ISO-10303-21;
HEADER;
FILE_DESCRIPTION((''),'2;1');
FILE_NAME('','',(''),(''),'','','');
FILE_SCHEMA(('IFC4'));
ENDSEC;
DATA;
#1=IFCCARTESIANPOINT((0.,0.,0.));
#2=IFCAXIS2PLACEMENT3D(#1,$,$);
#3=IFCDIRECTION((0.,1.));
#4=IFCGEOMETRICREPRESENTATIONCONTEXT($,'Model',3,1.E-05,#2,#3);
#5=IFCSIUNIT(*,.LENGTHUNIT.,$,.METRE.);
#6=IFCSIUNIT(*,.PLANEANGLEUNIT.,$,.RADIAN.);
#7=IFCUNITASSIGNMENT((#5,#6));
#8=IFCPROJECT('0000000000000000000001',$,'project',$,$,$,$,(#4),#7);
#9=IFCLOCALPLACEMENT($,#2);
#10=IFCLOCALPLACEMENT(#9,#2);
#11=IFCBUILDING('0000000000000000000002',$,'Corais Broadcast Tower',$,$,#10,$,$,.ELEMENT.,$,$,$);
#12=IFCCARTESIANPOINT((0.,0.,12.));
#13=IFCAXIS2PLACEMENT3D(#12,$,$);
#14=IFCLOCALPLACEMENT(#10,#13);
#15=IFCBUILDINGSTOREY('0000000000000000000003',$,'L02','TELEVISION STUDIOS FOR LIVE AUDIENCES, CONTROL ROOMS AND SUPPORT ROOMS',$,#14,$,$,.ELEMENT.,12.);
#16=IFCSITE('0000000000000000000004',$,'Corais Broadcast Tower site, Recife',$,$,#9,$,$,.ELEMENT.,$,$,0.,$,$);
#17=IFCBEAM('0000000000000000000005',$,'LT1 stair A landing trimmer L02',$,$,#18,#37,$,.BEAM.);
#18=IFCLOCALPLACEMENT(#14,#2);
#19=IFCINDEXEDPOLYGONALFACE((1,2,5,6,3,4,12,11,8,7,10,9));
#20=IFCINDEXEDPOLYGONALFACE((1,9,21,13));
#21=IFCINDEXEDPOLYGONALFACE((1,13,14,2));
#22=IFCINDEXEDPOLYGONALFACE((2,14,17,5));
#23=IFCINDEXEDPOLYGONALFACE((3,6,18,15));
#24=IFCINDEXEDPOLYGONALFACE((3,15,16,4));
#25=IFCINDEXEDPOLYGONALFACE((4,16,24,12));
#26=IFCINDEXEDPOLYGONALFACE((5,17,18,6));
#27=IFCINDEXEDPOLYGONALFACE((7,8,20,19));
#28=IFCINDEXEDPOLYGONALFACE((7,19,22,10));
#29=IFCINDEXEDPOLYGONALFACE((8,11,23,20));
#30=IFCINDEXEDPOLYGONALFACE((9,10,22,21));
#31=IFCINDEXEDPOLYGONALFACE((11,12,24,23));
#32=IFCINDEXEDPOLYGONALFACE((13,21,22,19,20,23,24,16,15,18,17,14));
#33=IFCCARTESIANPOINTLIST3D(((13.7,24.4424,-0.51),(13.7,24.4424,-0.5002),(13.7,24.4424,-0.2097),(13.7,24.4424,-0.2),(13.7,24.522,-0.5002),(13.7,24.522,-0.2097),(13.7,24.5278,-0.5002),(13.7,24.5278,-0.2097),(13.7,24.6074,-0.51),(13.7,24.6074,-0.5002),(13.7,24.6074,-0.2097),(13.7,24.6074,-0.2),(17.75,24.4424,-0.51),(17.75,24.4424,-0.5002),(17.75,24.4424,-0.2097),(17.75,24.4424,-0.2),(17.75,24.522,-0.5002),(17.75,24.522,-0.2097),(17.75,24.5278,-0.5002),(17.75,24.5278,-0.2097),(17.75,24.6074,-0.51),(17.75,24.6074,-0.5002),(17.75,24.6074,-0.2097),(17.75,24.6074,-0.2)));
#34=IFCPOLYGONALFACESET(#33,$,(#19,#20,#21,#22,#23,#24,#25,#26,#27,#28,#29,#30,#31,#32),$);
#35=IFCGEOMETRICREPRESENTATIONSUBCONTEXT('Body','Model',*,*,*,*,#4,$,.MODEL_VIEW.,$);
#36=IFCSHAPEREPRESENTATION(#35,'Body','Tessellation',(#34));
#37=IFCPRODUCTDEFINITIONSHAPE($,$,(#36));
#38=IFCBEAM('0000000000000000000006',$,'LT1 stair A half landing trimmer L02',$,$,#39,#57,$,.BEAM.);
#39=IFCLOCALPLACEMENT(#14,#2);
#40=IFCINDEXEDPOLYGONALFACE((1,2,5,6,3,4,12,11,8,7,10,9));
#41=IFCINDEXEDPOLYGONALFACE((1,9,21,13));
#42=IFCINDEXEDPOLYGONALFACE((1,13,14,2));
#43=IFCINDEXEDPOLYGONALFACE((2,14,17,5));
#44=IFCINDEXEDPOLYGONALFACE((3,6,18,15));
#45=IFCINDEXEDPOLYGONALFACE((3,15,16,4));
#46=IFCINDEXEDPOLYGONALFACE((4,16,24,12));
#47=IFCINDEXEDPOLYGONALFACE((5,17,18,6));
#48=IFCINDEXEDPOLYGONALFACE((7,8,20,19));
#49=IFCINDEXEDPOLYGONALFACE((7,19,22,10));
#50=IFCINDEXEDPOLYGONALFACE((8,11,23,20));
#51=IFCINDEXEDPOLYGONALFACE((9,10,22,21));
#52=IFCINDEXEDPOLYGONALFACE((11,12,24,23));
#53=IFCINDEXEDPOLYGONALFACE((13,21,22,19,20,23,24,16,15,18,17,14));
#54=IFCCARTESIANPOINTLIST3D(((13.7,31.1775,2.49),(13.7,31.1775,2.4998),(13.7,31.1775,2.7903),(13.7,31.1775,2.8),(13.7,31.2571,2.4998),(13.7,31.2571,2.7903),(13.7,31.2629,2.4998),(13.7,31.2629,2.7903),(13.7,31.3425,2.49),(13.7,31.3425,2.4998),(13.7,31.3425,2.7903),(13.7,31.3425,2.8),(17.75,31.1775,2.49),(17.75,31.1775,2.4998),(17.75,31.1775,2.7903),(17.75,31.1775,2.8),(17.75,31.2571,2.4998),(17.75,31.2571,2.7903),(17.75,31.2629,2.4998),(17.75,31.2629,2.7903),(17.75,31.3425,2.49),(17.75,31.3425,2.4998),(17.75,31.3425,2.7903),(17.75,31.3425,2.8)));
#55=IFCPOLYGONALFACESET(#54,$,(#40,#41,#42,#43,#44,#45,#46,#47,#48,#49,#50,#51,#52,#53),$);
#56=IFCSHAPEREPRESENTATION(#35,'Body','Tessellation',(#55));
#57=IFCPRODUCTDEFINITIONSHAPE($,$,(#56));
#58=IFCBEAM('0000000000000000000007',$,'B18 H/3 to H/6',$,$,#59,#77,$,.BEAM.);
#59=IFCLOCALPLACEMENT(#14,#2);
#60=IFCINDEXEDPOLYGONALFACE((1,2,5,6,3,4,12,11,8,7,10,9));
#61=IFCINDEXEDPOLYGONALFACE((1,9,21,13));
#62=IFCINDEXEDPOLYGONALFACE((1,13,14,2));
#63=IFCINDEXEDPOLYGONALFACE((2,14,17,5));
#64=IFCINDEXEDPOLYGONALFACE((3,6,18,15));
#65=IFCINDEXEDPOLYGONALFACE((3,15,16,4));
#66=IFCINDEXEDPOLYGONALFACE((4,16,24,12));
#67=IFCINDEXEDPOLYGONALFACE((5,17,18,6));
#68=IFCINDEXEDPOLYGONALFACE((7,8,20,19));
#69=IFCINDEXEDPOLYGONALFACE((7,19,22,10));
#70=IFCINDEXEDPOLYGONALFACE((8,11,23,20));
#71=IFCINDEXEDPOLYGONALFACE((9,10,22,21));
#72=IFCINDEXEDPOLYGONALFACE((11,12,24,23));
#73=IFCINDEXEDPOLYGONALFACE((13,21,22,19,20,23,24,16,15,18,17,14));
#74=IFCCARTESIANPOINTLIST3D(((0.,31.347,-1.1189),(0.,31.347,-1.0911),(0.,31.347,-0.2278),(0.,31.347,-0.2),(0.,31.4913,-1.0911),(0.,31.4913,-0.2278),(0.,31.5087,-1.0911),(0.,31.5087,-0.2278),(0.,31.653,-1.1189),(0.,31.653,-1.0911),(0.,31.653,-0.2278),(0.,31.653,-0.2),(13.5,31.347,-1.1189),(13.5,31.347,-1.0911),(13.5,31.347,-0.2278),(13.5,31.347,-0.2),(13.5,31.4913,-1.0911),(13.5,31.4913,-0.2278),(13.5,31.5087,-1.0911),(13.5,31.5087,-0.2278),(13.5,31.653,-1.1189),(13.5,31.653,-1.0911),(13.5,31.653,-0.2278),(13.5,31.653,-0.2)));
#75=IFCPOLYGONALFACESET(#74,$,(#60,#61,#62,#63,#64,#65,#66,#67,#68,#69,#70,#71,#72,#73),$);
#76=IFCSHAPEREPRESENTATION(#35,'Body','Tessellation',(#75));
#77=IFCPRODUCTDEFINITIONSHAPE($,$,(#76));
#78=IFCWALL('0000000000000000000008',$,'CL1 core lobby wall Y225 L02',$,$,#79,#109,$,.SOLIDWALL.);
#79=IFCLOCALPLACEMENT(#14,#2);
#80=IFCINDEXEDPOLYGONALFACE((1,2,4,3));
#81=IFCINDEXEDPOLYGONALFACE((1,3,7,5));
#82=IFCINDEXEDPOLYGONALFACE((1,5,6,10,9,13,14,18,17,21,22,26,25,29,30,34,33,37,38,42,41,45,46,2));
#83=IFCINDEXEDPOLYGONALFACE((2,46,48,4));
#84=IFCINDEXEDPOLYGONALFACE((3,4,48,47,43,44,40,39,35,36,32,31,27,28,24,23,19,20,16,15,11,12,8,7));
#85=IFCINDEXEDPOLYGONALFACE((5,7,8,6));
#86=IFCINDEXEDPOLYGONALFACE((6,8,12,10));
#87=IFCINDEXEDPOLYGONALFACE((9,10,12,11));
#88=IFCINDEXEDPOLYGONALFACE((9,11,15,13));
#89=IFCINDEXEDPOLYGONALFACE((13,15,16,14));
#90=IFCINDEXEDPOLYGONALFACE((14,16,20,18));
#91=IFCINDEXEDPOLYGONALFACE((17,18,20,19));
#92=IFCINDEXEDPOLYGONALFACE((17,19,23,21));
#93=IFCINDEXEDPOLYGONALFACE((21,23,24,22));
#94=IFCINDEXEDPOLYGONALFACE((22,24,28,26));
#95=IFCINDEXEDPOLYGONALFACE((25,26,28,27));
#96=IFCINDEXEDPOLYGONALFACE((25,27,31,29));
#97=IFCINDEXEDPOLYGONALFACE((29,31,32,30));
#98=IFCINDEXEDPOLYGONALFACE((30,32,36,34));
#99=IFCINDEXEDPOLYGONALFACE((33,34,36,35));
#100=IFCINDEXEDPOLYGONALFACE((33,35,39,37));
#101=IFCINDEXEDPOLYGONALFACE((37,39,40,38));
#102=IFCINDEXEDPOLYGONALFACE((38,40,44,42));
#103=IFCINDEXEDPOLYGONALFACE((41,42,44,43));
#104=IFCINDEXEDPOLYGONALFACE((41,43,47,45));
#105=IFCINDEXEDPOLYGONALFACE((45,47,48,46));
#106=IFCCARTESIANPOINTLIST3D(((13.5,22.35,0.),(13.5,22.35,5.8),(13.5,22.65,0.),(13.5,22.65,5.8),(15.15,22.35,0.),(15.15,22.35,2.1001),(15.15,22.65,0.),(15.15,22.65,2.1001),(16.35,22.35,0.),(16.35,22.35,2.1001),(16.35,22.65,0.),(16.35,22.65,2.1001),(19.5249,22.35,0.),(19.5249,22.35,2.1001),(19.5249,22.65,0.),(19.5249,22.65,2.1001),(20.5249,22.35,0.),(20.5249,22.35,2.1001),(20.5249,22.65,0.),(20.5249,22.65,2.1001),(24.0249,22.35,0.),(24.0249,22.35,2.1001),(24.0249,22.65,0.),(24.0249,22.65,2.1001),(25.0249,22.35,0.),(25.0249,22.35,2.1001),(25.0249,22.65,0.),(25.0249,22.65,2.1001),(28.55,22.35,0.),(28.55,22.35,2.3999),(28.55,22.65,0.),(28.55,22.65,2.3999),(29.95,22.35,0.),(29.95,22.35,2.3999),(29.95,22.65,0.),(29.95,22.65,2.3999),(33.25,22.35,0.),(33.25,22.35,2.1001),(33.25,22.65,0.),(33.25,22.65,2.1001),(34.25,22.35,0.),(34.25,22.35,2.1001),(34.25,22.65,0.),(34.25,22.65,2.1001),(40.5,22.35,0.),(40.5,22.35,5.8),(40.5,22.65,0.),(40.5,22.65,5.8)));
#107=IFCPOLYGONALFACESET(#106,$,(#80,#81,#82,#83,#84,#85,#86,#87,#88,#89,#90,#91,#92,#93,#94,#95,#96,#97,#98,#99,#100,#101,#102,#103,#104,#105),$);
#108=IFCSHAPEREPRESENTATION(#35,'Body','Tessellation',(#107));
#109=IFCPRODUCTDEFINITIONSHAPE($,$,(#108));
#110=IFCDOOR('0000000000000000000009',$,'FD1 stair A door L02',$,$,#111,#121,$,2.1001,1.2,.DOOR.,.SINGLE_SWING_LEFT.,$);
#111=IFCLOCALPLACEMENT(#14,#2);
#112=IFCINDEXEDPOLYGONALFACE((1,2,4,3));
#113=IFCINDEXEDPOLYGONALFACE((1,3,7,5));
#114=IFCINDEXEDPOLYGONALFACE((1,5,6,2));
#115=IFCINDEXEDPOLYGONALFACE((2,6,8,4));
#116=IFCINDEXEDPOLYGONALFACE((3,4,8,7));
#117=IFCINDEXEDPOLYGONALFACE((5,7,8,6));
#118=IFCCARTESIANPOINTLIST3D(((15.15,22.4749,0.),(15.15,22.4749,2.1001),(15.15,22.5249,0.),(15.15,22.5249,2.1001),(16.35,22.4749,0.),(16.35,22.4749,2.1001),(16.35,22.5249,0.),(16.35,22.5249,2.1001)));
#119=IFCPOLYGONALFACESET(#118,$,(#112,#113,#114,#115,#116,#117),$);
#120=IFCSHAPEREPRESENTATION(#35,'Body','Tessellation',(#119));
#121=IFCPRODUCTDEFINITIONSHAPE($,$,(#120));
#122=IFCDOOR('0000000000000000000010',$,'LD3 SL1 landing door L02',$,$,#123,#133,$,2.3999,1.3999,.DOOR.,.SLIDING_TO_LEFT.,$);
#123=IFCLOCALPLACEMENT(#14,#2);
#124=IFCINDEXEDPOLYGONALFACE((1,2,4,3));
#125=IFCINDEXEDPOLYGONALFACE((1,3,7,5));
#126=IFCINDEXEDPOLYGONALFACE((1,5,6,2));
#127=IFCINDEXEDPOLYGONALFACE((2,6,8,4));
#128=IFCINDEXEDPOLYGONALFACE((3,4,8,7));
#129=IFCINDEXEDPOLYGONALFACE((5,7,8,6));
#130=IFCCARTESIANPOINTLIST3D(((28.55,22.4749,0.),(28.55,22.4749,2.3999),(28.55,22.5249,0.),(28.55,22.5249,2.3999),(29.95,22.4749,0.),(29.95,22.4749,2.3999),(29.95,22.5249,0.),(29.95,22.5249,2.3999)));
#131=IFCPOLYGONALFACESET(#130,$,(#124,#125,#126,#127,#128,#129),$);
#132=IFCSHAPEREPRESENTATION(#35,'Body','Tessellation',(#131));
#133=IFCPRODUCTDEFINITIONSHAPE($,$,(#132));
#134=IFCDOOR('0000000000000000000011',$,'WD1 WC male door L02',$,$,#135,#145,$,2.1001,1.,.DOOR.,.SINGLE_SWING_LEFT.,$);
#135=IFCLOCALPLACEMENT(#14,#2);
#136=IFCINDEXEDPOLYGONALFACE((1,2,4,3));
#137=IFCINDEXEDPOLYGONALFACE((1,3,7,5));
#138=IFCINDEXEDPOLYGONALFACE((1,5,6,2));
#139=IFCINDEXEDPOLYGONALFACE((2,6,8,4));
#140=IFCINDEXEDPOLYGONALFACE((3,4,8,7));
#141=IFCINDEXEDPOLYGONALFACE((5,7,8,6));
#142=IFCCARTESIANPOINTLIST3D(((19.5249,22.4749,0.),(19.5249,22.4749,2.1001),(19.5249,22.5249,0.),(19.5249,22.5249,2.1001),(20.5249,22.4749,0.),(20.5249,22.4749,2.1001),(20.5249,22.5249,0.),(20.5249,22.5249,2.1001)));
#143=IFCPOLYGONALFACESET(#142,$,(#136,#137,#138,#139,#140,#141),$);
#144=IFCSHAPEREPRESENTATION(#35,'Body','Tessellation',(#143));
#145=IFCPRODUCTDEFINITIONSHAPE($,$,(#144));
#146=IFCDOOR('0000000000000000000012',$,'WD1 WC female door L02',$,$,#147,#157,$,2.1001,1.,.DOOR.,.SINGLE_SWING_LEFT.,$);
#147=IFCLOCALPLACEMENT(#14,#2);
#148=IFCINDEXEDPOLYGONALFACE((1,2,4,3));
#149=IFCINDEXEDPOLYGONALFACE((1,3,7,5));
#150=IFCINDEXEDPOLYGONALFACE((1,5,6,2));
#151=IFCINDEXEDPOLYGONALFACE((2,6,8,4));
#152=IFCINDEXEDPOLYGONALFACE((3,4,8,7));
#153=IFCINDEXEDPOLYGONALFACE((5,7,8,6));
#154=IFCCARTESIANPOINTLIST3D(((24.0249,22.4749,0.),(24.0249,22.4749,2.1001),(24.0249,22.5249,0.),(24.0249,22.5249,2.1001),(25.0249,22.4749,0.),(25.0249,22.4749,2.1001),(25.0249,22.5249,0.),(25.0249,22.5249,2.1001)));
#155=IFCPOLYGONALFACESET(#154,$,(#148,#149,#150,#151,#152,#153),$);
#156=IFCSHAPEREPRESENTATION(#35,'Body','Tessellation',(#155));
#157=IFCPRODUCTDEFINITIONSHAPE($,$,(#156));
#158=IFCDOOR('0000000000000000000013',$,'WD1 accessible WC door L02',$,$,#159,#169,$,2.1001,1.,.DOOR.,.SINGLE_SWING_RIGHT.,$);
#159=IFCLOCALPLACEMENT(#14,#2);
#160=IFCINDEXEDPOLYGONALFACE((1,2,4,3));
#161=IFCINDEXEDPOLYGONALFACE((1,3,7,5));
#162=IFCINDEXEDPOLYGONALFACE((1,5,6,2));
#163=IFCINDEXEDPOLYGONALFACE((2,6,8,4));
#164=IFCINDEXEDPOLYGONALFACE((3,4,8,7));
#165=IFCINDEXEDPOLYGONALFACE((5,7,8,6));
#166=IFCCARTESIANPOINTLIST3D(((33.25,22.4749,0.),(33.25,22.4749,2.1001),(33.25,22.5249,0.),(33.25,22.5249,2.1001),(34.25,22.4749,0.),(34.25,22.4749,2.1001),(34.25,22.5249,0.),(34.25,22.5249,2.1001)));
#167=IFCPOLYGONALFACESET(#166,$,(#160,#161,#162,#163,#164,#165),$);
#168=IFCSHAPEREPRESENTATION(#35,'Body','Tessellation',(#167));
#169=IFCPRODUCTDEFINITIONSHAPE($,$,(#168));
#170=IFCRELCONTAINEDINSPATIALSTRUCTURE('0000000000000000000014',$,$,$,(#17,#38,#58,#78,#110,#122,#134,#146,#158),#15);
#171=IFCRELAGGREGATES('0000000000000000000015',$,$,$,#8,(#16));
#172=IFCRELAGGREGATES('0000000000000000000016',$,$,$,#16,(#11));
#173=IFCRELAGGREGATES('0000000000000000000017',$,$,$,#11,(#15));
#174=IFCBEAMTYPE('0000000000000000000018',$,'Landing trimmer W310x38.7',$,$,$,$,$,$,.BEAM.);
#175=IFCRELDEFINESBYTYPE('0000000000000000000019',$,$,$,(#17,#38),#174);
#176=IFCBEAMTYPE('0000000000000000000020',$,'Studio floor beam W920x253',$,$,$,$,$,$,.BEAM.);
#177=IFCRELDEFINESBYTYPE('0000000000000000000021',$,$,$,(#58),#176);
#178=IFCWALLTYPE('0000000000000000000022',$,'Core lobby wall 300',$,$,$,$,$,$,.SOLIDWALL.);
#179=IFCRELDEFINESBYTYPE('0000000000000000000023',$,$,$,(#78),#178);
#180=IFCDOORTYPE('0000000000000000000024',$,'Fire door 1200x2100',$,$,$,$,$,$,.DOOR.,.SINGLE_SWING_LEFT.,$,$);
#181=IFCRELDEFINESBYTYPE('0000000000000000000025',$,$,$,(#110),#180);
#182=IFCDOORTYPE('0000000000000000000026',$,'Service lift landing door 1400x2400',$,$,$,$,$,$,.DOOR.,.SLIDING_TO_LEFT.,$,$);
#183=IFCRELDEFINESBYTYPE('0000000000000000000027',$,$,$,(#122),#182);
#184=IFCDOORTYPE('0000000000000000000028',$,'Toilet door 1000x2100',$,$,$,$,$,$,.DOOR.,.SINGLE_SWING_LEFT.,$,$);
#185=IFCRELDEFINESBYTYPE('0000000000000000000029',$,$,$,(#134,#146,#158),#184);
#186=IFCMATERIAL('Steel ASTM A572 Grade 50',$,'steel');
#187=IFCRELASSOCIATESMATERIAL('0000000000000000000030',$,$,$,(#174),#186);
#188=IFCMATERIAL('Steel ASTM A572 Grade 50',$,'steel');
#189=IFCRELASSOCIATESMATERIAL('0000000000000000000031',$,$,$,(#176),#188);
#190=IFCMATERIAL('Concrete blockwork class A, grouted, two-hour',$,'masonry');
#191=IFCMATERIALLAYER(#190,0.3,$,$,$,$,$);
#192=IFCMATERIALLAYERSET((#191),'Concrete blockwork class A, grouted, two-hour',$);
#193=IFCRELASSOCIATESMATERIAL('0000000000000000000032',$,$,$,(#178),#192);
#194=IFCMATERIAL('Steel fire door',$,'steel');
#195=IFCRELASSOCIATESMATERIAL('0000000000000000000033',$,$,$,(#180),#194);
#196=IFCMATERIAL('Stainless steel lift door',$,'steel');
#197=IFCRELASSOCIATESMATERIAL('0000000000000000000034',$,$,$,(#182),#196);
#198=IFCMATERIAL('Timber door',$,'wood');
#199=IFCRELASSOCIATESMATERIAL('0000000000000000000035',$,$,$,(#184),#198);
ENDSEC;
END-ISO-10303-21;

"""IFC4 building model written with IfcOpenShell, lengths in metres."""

from ifc_helpers import new_model, si_unit, direction, frame, frame_2d, origin, origin_2d, place, context, subcontext, project, spatial, rectangle, i_section, extrude, material, layer, layer_set, material_profile, profile_set, type_object, element, fill, save


model = new_model("IFC4")

# Units and contexts
model_context = context("Model", 3, precision=1e-05, world=origin(), true_north=direction((0.0, 1.0)))
body_context = subcontext(model_context, "Body", "Model", "MODEL_VIEW")
ifc_project = project(units=[si_unit("LENGTHUNIT", "METRE"), si_unit("PLANEANGLEUNIT", "RADIAN")], contexts=[model_context])

# Site, building, storey
site_placement = place(None, origin())
site = spatial("IfcSite", under=ifc_project, at=site_placement, Name="Corais Broadcast Tower site, Recife", CompositionType="ELEMENT", RefElevation=0.0)
building_placement = place(site_placement, origin())
building = spatial("IfcBuilding", under=site, at=building_placement, Name="Corais Broadcast Tower", CompositionType="ELEMENT")
storey_placement = place(building_placement, frame((0.0, 0.0, 12.0)))
storey = spatial("IfcBuildingStorey", under=building, at=storey_placement, Name="L02", Description="TELEVISION STUDIOS FOR LIVE AUDIENCES, CONTROL ROOMS AND SUPPORT ROOMS", CompositionType="ELEMENT", Elevation=12.0)

# Beams
ifc_material_1 = material(Name="Steel ASTM A572 Grade 50", Category="steel")
ifc_material_profile_1 = material_profile(ifc_material_1, i_section(OverallWidth=0.165, OverallDepth=0.3101, WebThickness=0.0059, FlangeThickness=0.0098, at=origin_2d()), Name="W310x38.7")
ifc_profile_set_1 = profile_set([ifc_material_profile_1], Name="Steel ASTM A572 Grade 50")
beam_type_1 = type_object("IfcBeamType", Name="Landing trimmer W310x38.7", PredefinedType="BEAM", material=ifc_profile_set_1)
for number, where, z_axis, x_axis, name in (
    (1, (13.7, 24.5249, -0.355), (1.0, 0.0, 0.0), (0.0, 1.0, 0.0), "LT1 stair A landing trimmer L02"),
    (2, (13.7, 31.26, 2.645), (1.0, 0.0, 0.0), (0.0, 1.0, 0.0), "LT1 stair A half landing trimmer L02"),
):
    element("IfcBeam", number, at=place(storey_placement, frame(where, z_axis=z_axis, x_axis=x_axis)), inside=storey, type_object=beam_type_1, Name=name, PredefinedType="BEAM", context=body_context, shape_type="SweptSolid", body=[
        extrude(i_section(OverallWidth=0.165, OverallDepth=0.3101, WebThickness=0.0059, FlangeThickness=0.0098, at=origin_2d()), origin(), (0.0, 0.0, 1.0), 4.05),
    ])
ifc_material_2 = material(Name="Steel ASTM A572 Grade 50", Category="steel")
ifc_material_profile_2 = material_profile(ifc_material_2, i_section(OverallWidth=0.3059, OverallDepth=0.9189, WebThickness=0.0173, FlangeThickness=0.0278, at=origin_2d()), Name="W920x253")
ifc_profile_set_2 = profile_set([ifc_material_profile_2], Name="Steel ASTM A572 Grade 50")
beam_type_2 = type_object("IfcBeamType", Name="Studio floor beam W920x253", PredefinedType="BEAM", material=ifc_profile_set_2)
beam_placement = place(storey_placement, frame((0.0, 31.5, -0.6594), z_axis=(1.0, 0.0, 0.0), x_axis=(0.0, 1.0, 0.0)))
element("IfcBeam", 3, at=beam_placement, inside=storey, type_object=beam_type_2, Name="B18 H/3 to H/6", PredefinedType="BEAM", context=body_context, shape_type="SweptSolid", body=[
    extrude(i_section(OverallWidth=0.3059, OverallDepth=0.9189, WebThickness=0.0173, FlangeThickness=0.0278, at=origin_2d()), origin(), (0.0, 0.0, 1.0), 13.5),
])

# Wall, openings, doors
ifc_material_3 = material(Name="Concrete blockwork class A, grouted, two-hour", Category="masonry")
ifc_layer_1 = layer(ifc_material_3, 0.3)
ifc_layer_set_1 = layer_set([ifc_layer_1], Name="Concrete blockwork class A, grouted, two-hour")
wall_type_1 = type_object("IfcWallType", Name="Core lobby wall 300", PredefinedType="SOLIDWALL", material=ifc_layer_set_1)
wall_1_placement = place(storey_placement, frame((13.5, 22.5, 0.0), z_axis=(0.0, 0.0, 1.0), x_axis=(1.0, 0.0, 0.0)))
wall_1 = element("IfcWall", 4, at=wall_1_placement, inside=storey, type_object=wall_type_1, Name="CL1 core lobby wall Y225 L02", PredefinedType="SOLIDWALL", context=body_context, shape_type="SweptSolid", body=[
    extrude(rectangle(XDim=27.0, YDim=0.3, at=frame_2d((13.5, 0.0))), origin(), (0.0, 0.0, 1.0), 5.8),
])
opening_1_placement = place(wall_1_placement, frame((1.6499, 0.0, 0.0)))
opening_1 = element("IfcOpeningElement", 5, at=opening_1_placement, cuts=wall_1, PredefinedType="OPENING", context=body_context, shape_type="SweptSolid", body=[
    extrude(rectangle(XDim=1.2, YDim=2.1001, at=frame_2d((0.6001, 1.05))), frame((0.0, 0.1599, 0.0), z_axis=(0.0, -1.0, 0.0), x_axis=(1.0, 0.0, 0.0)), (0.0, 0.0, 1.0), 0.3201),
])
opening_2_placement = place(wall_1_placement, frame((6.0249, 0.0, 0.0)))
opening_2 = element("IfcOpeningElement", 6, at=opening_2_placement, cuts=wall_1, PredefinedType="OPENING", context=body_context, shape_type="SweptSolid", body=[
    extrude(rectangle(XDim=1.0, YDim=2.1001, at=frame_2d((0.5, 1.05))), frame((0.0, 0.1599, 0.0), z_axis=(0.0, -1.0, 0.0), x_axis=(1.0, 0.0, 0.0)), (0.0, 0.0, 1.0), 0.3201),
])
opening_3_placement = place(wall_1_placement, frame((10.5249, 0.0, 0.0)))
opening_3 = element("IfcOpeningElement", 7, at=opening_3_placement, cuts=wall_1, PredefinedType="OPENING", context=body_context, shape_type="SweptSolid", body=[
    extrude(rectangle(XDim=1.0, YDim=2.1001, at=frame_2d((0.5, 1.05))), frame((0.0, 0.1599, 0.0), z_axis=(0.0, -1.0, 0.0), x_axis=(1.0, 0.0, 0.0)), (0.0, 0.0, 1.0), 0.3201),
])
opening_4_placement = place(wall_1_placement, frame((19.75, 0.0, 0.0)))
opening_4 = element("IfcOpeningElement", 8, at=opening_4_placement, cuts=wall_1, PredefinedType="OPENING", context=body_context, shape_type="SweptSolid", body=[
    extrude(rectangle(XDim=1.0, YDim=2.1001, at=frame_2d((0.5, 1.05))), frame((0.0, 0.1599, 0.0), z_axis=(0.0, -1.0, 0.0), x_axis=(1.0, 0.0, 0.0)), (0.0, 0.0, 1.0), 0.3201),
])
opening_5_placement = place(wall_1_placement, frame((15.05, 0.0, 0.0)))
opening_5 = element("IfcOpeningElement", 9, at=opening_5_placement, cuts=wall_1, PredefinedType="OPENING", context=body_context, shape_type="SweptSolid", body=[
    extrude(rectangle(XDim=1.3999, YDim=2.3999, at=frame_2d((0.7, 1.2))), frame((0.0, 0.1599, 0.0), z_axis=(0.0, -1.0, 0.0), x_axis=(1.0, 0.0, 0.0)), (0.0, 0.0, 1.0), 0.3201),
])
ifc_material_4 = material(Name="Steel fire door", Category="steel")
door_type_1 = type_object("IfcDoorType", Name="Fire door 1200x2100", OperationType="SINGLE_SWING_LEFT", PredefinedType="DOOR", material=ifc_material_4)
door_1_placement = place(opening_1_placement, origin())
door_1 = element("IfcDoor", 10, at=door_1_placement, inside=storey, type_object=door_type_1, Name="FD1 stair A door L02", OperationType="SINGLE_SWING_LEFT", OverallHeight=2.1001, OverallWidth=1.2, PredefinedType="DOOR", context=body_context, shape_type="SweptSolid", body=[
    extrude(rectangle(XDim=1.2, YDim=2.1001, at=frame_2d((0.6001, 1.05))), frame((0.0, 0.0249, 0.0), z_axis=(0.0, -1.0, 0.0), x_axis=(1.0, 0.0, 0.0)), (0.0, 0.0, 1.0), 0.05),
])
fill(opening_1, door_1)
ifc_material_5 = material(Name="Stainless steel lift door", Category="steel")
door_type_2 = type_object("IfcDoorType", Name="Service lift landing door 1400x2400", OperationType="SLIDING_TO_LEFT", PredefinedType="DOOR", material=ifc_material_5)
door_2_placement = place(opening_5_placement, origin())
door_2 = element("IfcDoor", 11, at=door_2_placement, inside=storey, type_object=door_type_2, Name="LD3 SL1 landing door L02", OperationType="SLIDING_TO_LEFT", OverallHeight=2.3999, OverallWidth=1.3999, PredefinedType="DOOR", context=body_context, shape_type="SweptSolid", body=[
    extrude(rectangle(XDim=1.3999, YDim=2.3999, at=frame_2d((0.7, 1.2))), frame((0.0, 0.0249, 0.0), z_axis=(0.0, -1.0, 0.0), x_axis=(1.0, 0.0, 0.0)), (0.0, 0.0, 1.0), 0.05),
])
fill(opening_5, door_2)
ifc_material_6 = material(Name="Timber door", Category="wood")
door_type_3 = type_object("IfcDoorType", Name="Toilet door 1000x2100", OperationType="SINGLE_SWING_LEFT", PredefinedType="DOOR", material=ifc_material_6)
door_3_placement = place(opening_2_placement, origin())
door_3 = element("IfcDoor", 12, at=door_3_placement, inside=storey, type_object=door_type_3, Name="WD1 WC male door L02", OperationType="SINGLE_SWING_LEFT", OverallHeight=2.1001, OverallWidth=1.0, PredefinedType="DOOR", context=body_context, shape_type="SweptSolid", body=[
    extrude(rectangle(XDim=1.0, YDim=2.1001, at=frame_2d((0.5, 1.05))), frame((0.0, 0.0249, 0.0), z_axis=(0.0, -1.0, 0.0), x_axis=(1.0, 0.0, 0.0)), (0.0, 0.0, 1.0), 0.05),
])
fill(opening_2, door_3)
door_4_placement = place(opening_3_placement, origin())
door_4 = element("IfcDoor", 13, at=door_4_placement, inside=storey, type_object=door_type_3, Name="WD1 WC female door L02", OperationType="SINGLE_SWING_LEFT", OverallHeight=2.1001, OverallWidth=1.0, PredefinedType="DOOR", context=body_context, shape_type="SweptSolid", body=[
    extrude(rectangle(XDim=1.0, YDim=2.1001, at=frame_2d((0.5, 1.05))), frame((0.0, 0.0249, 0.0), z_axis=(0.0, -1.0, 0.0), x_axis=(1.0, 0.0, 0.0)), (0.0, 0.0, 1.0), 0.05),
])
fill(opening_3, door_4)
door_5_placement = place(opening_4_placement, origin())
door_5 = element("IfcDoor", 14, at=door_5_placement, inside=storey, type_object=door_type_3, Name="WD1 accessible WC door L02", OperationType="SINGLE_SWING_RIGHT", OverallHeight=2.1001, OverallWidth=1.0, PredefinedType="DOOR", context=body_context, shape_type="SweptSolid", body=[
    extrude(rectangle(XDim=1.0, YDim=2.1001, at=frame_2d((0.5, 1.05))), frame((0.0, 0.0249, 0.0), z_axis=(0.0, -1.0, 0.0), x_axis=(1.0, 0.0, 0.0)), (0.0, 0.0, 1.0), 0.05),
])
fill(opening_4, door_5)

save(model, "model.ifc")
